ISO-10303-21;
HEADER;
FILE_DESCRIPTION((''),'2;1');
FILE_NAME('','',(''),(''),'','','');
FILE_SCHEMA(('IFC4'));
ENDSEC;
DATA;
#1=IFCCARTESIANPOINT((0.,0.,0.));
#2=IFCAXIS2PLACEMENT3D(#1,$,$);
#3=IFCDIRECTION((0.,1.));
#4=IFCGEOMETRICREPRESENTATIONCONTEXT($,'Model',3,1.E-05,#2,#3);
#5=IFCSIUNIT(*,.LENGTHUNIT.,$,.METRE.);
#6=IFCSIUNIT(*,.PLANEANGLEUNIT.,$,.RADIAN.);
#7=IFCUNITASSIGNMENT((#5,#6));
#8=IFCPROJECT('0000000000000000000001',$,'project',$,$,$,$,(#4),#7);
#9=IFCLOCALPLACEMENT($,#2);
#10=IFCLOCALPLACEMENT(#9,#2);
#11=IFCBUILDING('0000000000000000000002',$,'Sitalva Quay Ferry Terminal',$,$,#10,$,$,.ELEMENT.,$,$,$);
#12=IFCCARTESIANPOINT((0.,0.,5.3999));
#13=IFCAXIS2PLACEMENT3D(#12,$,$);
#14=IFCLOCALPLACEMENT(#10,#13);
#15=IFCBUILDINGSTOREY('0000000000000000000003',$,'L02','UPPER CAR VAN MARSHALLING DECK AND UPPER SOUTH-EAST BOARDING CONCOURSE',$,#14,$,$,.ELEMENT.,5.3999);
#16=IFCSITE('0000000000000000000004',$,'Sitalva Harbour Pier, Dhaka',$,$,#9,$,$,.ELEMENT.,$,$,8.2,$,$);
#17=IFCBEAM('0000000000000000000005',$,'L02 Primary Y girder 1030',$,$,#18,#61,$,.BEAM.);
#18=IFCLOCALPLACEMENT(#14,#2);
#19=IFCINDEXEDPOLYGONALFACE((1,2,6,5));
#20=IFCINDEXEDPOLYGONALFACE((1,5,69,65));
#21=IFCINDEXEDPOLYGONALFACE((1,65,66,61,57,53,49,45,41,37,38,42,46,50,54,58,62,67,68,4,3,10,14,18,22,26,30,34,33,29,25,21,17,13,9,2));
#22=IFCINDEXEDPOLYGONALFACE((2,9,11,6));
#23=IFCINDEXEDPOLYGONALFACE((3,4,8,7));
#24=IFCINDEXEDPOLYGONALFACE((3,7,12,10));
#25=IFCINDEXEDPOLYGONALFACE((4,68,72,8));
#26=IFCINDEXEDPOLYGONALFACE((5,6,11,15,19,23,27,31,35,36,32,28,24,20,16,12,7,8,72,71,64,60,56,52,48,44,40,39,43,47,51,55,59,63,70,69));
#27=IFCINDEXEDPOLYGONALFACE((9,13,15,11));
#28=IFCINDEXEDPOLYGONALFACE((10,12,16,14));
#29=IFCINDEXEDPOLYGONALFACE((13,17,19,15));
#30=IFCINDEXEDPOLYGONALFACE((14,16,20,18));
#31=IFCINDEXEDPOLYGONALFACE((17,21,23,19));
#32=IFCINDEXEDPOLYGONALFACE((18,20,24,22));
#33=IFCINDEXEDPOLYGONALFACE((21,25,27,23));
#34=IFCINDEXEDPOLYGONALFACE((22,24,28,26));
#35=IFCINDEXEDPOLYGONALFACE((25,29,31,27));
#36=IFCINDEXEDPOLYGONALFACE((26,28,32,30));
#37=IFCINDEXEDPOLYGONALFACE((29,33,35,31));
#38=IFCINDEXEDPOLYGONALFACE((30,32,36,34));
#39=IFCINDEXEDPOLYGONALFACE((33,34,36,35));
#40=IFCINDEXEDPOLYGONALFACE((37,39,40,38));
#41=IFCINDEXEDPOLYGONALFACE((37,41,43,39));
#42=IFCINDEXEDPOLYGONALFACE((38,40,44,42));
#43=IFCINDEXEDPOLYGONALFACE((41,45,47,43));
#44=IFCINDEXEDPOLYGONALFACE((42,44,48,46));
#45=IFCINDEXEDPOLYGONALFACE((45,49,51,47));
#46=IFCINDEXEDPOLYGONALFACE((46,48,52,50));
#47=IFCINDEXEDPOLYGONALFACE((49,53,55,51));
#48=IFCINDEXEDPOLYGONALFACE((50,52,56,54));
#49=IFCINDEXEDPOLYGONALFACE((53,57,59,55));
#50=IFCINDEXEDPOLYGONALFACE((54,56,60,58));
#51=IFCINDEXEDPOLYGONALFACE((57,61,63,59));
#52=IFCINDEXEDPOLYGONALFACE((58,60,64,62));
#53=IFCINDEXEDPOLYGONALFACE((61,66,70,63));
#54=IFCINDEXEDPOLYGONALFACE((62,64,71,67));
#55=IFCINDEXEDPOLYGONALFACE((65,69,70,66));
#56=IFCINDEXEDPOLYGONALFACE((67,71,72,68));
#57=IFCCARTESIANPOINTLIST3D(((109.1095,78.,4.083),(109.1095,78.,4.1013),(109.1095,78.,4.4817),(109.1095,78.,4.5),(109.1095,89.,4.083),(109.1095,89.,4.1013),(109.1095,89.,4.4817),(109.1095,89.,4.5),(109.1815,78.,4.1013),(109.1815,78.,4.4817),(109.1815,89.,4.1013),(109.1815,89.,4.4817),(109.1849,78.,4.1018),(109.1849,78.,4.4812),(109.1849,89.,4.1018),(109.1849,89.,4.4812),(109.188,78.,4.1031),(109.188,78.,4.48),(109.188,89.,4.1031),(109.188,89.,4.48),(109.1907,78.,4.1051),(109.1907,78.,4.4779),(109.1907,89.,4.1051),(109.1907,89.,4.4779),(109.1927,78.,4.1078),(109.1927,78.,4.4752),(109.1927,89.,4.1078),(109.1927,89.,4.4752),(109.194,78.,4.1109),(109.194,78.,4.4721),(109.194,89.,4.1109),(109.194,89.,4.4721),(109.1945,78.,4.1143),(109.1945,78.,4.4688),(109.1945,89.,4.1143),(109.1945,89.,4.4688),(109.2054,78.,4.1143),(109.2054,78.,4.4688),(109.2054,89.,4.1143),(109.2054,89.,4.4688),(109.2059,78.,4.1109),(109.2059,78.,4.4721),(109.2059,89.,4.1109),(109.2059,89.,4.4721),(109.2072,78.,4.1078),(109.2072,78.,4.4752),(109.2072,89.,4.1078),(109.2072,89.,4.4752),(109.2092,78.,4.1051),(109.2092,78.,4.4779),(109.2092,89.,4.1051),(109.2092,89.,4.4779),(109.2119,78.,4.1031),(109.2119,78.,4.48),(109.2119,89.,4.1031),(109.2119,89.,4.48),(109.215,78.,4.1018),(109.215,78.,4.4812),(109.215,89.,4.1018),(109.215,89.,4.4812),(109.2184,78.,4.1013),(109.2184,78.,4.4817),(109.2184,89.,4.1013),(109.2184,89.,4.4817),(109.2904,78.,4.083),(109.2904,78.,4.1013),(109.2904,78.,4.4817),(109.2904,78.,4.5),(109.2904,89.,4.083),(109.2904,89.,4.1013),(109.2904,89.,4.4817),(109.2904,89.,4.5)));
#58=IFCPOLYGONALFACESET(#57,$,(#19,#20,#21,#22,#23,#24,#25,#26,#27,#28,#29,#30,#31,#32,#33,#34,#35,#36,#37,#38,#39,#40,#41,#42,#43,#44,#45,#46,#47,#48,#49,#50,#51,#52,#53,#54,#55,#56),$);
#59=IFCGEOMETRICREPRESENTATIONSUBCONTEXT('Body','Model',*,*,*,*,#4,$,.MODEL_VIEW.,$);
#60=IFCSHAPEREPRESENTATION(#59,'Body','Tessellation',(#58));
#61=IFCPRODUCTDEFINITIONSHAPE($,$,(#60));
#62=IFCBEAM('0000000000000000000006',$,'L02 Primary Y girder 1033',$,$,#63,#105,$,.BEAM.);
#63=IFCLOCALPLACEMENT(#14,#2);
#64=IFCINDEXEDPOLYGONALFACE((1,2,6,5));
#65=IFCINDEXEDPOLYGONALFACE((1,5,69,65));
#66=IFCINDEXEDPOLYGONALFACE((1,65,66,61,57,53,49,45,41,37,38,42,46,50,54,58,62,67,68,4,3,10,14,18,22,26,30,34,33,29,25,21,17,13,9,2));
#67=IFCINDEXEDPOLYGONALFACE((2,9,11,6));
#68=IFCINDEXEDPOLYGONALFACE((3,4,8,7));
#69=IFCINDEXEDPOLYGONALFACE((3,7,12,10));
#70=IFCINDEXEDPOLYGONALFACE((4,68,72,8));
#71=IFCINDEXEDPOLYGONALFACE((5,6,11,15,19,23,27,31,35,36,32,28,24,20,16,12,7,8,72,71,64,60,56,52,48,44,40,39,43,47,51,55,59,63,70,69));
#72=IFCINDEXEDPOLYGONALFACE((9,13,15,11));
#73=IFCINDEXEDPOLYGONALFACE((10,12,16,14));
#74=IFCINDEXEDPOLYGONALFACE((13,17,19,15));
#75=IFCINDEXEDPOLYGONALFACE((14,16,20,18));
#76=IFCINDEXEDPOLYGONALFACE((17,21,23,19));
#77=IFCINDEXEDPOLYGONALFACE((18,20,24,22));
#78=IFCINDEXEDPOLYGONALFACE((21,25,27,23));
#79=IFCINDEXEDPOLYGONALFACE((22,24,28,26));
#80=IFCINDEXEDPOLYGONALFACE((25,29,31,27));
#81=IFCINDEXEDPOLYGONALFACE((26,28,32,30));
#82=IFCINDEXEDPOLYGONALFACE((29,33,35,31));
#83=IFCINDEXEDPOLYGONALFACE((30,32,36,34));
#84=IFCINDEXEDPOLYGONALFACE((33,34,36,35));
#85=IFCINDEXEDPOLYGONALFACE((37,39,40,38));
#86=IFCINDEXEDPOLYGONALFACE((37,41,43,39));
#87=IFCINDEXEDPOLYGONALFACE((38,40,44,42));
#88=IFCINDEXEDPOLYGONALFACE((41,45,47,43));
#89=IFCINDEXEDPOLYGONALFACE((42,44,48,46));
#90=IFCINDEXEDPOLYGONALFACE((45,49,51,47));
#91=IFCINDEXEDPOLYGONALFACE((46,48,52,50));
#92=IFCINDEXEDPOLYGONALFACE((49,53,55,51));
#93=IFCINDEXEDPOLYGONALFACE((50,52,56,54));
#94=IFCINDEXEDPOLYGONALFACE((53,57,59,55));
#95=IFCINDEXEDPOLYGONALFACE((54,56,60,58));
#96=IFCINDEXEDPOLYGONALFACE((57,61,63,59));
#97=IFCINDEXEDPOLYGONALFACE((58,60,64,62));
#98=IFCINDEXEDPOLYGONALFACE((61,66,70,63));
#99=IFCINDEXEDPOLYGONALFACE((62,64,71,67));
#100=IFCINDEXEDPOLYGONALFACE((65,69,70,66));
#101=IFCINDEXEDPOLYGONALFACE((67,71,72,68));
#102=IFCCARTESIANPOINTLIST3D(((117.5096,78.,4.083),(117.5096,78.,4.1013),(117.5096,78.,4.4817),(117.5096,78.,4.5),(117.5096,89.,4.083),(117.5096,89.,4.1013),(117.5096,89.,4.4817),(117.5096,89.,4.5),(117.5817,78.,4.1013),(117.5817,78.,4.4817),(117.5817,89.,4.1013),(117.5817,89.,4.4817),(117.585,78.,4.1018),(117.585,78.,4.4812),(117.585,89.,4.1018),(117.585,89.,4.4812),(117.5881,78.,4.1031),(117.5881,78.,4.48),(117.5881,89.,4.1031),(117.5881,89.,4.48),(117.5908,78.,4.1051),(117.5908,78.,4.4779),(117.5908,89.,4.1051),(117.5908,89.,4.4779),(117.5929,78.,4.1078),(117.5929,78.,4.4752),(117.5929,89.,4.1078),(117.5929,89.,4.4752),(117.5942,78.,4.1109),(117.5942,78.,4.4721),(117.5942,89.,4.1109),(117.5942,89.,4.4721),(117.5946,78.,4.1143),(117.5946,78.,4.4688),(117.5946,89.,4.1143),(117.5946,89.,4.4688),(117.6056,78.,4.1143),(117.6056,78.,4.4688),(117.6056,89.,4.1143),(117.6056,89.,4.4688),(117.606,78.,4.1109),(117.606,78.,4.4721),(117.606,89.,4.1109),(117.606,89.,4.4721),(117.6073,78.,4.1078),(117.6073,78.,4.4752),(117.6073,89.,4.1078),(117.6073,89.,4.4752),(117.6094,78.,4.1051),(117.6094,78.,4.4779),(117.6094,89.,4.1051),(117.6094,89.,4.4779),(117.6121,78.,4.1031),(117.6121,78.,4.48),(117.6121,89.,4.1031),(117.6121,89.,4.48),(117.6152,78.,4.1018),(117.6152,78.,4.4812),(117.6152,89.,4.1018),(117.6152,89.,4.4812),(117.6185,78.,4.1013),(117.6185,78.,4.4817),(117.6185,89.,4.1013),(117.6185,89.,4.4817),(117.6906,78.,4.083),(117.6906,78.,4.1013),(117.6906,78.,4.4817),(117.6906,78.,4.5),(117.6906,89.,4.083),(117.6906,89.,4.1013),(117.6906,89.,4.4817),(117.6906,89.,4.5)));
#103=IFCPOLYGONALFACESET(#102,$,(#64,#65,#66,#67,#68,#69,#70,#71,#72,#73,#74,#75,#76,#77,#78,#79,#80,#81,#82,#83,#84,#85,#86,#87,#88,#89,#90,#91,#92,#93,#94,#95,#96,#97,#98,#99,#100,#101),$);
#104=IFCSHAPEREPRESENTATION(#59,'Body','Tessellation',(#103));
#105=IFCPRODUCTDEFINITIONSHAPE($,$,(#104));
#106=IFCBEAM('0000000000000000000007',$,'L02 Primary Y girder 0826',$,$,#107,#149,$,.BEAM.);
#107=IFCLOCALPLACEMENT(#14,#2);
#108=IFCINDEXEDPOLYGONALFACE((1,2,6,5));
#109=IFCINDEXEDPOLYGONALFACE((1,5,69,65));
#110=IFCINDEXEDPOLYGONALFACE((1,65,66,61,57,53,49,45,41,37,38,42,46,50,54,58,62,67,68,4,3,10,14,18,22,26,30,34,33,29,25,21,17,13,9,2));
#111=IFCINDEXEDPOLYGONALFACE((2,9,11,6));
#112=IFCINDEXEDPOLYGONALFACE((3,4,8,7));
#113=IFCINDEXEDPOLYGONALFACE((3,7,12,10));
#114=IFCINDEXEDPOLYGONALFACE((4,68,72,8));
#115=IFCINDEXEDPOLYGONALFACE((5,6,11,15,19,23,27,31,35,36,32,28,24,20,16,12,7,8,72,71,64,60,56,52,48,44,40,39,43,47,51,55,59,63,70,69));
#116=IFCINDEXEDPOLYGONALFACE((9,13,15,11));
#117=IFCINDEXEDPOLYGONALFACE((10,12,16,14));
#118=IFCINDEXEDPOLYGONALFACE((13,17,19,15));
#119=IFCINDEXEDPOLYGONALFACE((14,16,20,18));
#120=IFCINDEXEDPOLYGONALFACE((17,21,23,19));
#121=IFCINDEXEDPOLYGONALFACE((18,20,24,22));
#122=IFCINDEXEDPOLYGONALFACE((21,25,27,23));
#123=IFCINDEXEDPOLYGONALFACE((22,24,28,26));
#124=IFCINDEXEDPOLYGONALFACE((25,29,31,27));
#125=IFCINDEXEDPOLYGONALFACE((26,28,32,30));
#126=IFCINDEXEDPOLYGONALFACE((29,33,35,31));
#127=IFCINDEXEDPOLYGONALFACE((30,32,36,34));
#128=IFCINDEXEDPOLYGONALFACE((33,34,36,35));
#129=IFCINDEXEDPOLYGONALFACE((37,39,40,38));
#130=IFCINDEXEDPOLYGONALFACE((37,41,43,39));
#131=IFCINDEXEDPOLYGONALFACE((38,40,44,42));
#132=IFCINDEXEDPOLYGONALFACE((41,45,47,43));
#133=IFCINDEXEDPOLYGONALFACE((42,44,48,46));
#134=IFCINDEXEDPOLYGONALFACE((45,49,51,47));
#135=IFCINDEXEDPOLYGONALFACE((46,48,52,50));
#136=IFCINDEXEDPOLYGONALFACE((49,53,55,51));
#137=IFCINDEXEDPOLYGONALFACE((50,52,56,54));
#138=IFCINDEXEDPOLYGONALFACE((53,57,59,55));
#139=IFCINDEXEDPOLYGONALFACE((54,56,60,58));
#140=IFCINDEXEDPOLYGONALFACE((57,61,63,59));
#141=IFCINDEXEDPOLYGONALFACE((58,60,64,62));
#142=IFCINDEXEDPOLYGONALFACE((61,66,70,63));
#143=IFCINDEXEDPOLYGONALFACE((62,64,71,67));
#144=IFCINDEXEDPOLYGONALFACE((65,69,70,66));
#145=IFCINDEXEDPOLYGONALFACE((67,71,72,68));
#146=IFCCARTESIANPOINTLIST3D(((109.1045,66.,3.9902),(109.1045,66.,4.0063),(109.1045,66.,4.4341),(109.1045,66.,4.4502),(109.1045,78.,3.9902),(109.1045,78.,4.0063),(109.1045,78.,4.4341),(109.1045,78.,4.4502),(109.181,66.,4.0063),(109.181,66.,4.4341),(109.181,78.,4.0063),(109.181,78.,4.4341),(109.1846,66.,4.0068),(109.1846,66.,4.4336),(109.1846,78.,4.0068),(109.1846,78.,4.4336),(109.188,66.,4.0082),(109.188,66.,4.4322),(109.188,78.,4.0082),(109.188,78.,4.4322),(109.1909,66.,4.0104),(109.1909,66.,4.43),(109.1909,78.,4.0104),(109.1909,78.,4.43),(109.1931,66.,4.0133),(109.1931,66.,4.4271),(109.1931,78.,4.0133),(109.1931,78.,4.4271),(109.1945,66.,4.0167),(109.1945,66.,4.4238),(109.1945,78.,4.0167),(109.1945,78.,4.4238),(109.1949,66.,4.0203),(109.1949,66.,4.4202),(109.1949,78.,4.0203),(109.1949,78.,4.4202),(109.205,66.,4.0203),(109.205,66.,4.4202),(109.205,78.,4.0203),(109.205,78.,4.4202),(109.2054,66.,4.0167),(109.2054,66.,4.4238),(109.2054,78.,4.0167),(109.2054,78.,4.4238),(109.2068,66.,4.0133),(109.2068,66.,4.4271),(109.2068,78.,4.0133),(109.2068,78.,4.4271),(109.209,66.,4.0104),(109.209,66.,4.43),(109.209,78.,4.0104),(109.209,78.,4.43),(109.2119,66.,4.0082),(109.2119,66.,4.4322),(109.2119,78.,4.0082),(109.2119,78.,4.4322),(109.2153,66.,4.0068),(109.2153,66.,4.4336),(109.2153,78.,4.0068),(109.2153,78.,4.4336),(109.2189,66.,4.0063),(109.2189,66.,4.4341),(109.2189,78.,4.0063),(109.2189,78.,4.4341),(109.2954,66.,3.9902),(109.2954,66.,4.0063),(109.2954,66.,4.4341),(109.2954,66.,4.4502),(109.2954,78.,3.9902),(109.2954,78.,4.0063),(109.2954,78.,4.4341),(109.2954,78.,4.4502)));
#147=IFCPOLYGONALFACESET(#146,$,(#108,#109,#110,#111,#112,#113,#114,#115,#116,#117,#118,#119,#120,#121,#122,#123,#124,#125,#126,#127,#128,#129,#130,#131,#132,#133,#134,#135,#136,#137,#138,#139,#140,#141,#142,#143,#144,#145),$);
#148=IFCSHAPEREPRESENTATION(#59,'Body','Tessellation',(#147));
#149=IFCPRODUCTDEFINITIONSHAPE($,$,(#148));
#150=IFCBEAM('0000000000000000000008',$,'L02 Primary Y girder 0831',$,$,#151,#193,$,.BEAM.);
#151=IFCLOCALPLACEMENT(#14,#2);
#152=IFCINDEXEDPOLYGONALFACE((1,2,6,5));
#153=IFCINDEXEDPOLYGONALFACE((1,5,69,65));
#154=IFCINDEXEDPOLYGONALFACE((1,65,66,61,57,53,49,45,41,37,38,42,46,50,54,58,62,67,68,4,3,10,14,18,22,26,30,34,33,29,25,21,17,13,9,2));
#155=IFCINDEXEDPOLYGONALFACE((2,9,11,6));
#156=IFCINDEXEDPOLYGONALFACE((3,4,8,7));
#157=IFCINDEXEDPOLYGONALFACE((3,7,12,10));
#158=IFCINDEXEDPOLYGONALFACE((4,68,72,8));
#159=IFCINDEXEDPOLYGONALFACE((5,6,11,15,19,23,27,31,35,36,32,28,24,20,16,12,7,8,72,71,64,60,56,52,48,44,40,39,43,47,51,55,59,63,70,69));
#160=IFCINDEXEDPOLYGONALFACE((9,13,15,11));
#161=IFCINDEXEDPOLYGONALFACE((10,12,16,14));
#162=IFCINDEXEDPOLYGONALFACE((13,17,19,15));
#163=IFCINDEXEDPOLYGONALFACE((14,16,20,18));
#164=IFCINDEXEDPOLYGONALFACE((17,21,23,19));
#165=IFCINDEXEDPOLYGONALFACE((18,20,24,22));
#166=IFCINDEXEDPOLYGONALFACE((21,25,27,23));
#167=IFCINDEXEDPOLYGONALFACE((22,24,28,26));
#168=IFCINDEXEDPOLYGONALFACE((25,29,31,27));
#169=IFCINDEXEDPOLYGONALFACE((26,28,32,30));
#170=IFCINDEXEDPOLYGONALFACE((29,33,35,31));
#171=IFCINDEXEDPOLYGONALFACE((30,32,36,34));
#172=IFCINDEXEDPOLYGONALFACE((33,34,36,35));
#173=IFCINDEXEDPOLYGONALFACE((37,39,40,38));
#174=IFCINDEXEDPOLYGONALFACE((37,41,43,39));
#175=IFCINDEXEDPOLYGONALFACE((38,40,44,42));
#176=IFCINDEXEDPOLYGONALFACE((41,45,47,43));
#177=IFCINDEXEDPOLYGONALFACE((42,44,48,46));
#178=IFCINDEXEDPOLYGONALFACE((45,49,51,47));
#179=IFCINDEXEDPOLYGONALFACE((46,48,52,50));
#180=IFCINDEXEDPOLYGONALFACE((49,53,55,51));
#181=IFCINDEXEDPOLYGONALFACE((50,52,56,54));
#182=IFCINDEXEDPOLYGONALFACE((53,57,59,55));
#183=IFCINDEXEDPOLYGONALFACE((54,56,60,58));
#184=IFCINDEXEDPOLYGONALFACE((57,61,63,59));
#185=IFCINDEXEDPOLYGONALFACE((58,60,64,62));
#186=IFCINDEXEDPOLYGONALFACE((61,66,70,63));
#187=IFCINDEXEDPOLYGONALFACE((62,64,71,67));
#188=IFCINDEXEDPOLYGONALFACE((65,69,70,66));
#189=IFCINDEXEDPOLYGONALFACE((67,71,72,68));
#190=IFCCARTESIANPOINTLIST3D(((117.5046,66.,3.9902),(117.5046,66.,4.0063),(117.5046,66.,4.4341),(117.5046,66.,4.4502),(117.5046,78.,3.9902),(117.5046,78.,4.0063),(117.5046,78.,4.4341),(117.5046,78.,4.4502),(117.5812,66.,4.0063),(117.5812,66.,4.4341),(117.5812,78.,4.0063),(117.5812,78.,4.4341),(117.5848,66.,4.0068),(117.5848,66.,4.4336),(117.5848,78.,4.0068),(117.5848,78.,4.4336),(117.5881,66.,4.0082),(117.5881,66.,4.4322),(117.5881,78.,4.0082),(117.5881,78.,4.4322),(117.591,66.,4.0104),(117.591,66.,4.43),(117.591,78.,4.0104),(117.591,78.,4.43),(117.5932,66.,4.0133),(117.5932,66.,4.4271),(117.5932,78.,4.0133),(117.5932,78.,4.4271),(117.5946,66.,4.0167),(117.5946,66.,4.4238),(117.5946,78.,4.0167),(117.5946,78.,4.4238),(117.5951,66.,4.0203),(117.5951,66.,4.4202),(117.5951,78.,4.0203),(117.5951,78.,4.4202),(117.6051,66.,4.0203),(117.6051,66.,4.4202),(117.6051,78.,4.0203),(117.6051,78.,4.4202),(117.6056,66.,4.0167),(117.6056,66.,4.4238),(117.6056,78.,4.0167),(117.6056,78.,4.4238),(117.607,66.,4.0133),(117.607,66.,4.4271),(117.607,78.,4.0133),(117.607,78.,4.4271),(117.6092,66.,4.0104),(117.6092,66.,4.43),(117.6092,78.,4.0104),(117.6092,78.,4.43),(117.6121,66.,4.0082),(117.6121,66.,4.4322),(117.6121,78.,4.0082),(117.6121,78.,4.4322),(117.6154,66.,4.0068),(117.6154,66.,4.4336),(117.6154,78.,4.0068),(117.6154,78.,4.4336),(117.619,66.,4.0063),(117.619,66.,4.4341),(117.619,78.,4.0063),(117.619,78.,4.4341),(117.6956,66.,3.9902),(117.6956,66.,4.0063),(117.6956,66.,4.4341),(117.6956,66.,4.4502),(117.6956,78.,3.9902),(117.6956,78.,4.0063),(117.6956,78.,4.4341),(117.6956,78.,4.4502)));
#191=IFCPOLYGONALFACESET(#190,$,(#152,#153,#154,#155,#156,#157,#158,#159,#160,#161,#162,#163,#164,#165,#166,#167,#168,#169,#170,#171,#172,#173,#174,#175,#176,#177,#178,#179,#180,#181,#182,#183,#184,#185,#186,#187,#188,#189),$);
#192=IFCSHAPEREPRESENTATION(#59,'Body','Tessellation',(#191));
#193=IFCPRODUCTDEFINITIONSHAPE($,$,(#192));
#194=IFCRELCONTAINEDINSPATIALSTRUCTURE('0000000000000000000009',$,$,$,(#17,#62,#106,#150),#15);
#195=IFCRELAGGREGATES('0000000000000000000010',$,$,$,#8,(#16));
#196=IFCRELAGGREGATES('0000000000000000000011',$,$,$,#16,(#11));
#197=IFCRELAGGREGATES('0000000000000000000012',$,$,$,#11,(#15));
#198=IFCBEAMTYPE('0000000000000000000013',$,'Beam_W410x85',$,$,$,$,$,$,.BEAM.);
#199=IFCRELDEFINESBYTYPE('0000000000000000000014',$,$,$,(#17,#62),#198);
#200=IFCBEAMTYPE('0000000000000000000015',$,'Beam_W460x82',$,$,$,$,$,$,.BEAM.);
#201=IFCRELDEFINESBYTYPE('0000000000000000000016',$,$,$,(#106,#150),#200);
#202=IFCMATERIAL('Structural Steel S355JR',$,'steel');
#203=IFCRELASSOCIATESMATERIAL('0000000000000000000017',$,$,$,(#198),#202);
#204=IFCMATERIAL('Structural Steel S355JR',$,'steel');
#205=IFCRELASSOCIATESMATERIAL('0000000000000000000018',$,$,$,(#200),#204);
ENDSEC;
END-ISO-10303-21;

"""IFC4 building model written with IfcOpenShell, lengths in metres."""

from ifc_helpers import new_model, si_unit, direction, frame, origin, origin_2d, place, context, subcontext, project, spatial, i_section, extrude, material, material_profile, profile_set, type_object, element, save


model = new_model("IFC4")

# Units and contexts
model_context = context("Model", 3, precision=1e-05, world=origin(), true_north=direction((0.0, 1.0)))
body_context = subcontext(model_context, "Body", "Model", "MODEL_VIEW")
ifc_project = project(units=[si_unit("LENGTHUNIT", "METRE"), si_unit("PLANEANGLEUNIT", "RADIAN")], contexts=[model_context])

# Site, building, storey
site_placement = place(None, origin())
site = spatial("IfcSite", under=ifc_project, at=site_placement, Name="Sitalva Harbour Pier, Dhaka", CompositionType="ELEMENT", RefElevation=8.2)
building_placement = place(site_placement, origin())
building = spatial("IfcBuilding", under=site, at=building_placement, Name="Sitalva Quay Ferry Terminal", CompositionType="ELEMENT")
storey_placement = place(building_placement, frame((0.0, 0.0, 5.3999)))
storey = spatial("IfcBuildingStorey", under=building, at=storey_placement, Name="L02", Description="UPPER CAR VAN MARSHALLING DECK AND UPPER SOUTH-EAST BOARDING CONCOURSE", CompositionType="ELEMENT", Elevation=5.3999)

# Beams
ifc_material_1 = material(Name="Structural Steel S355JR", Category="steel")
ifc_material_profile_1 = material_profile(ifc_material_1, i_section(OverallWidth=0.1809, OverallDepth=0.417, WebThickness=0.011, FlangeThickness=0.0183, FilletRadius=0.0129, at=origin_2d()), Name="W410x85")
ifc_profile_set_1 = profile_set([ifc_material_profile_1], Name="Structural Steel S355JR")
beam_type_1 = type_object("IfcBeamType", Name="Beam_W410x85", PredefinedType="BEAM", material=ifc_profile_set_1)
for number, where, z_axis, x_axis, name in (
    (1, (109.2, 78.0, 4.2915), (0.0, 1.0, 0.0), (-1.0, 0.0, 0.0), "L02 Primary Y girder 1030"),
    (2, (117.6001, 78.0, 4.2915), (0.0, 1.0, 0.0), (-1.0, 0.0, 0.0), "L02 Primary Y girder 1033"),
):
    element("IfcBeam", number, at=place(storey_placement, frame(where, z_axis=z_axis, x_axis=x_axis)), inside=storey, type_object=beam_type_1, Name=name, PredefinedType="BEAM", context=body_context, shape_type="SweptSolid", body=[
        extrude(i_section(OverallWidth=0.1809, OverallDepth=0.417, WebThickness=0.011, FlangeThickness=0.0183, FilletRadius=0.0129, at=origin_2d()), origin(), (0.0, 0.0, 1.0), 11.0),
    ])
ifc_material_2 = material(Name="Structural Steel S355JR", Category="steel")
ifc_material_profile_2 = material_profile(ifc_material_2, i_section(OverallWidth=0.1909, OverallDepth=0.46, WebThickness=0.01, FlangeThickness=0.0161, FilletRadius=0.0139, at=origin_2d()), Name="W460x82")
ifc_profile_set_2 = profile_set([ifc_material_profile_2], Name="Structural Steel S355JR")
beam_type_2 = type_object("IfcBeamType", Name="Beam_W460x82", PredefinedType="BEAM", material=ifc_profile_set_2)
for number, where, z_axis, x_axis, name in (
    (3, (109.2, 66.0, 4.2202), (0.0, 1.0, 0.0), (-1.0, 0.0, 0.0), "L02 Primary Y girder 0826"),
    (4, (117.6001, 66.0, 4.2202), (0.0, 1.0, 0.0), (-1.0, 0.0, 0.0), "L02 Primary Y girder 0831"),
):
    element("IfcBeam", number, at=place(storey_placement, frame(where, z_axis=z_axis, x_axis=x_axis)), inside=storey, type_object=beam_type_2, Name=name, PredefinedType="BEAM", context=body_context, shape_type="SweptSolid", body=[
        extrude(i_section(OverallWidth=0.1909, OverallDepth=0.46, WebThickness=0.01, FlangeThickness=0.0161, FilletRadius=0.0139, at=origin_2d()), origin(), (0.0, 0.0, 1.0), 12.0),
    ])

save(model, "model.ifc")
